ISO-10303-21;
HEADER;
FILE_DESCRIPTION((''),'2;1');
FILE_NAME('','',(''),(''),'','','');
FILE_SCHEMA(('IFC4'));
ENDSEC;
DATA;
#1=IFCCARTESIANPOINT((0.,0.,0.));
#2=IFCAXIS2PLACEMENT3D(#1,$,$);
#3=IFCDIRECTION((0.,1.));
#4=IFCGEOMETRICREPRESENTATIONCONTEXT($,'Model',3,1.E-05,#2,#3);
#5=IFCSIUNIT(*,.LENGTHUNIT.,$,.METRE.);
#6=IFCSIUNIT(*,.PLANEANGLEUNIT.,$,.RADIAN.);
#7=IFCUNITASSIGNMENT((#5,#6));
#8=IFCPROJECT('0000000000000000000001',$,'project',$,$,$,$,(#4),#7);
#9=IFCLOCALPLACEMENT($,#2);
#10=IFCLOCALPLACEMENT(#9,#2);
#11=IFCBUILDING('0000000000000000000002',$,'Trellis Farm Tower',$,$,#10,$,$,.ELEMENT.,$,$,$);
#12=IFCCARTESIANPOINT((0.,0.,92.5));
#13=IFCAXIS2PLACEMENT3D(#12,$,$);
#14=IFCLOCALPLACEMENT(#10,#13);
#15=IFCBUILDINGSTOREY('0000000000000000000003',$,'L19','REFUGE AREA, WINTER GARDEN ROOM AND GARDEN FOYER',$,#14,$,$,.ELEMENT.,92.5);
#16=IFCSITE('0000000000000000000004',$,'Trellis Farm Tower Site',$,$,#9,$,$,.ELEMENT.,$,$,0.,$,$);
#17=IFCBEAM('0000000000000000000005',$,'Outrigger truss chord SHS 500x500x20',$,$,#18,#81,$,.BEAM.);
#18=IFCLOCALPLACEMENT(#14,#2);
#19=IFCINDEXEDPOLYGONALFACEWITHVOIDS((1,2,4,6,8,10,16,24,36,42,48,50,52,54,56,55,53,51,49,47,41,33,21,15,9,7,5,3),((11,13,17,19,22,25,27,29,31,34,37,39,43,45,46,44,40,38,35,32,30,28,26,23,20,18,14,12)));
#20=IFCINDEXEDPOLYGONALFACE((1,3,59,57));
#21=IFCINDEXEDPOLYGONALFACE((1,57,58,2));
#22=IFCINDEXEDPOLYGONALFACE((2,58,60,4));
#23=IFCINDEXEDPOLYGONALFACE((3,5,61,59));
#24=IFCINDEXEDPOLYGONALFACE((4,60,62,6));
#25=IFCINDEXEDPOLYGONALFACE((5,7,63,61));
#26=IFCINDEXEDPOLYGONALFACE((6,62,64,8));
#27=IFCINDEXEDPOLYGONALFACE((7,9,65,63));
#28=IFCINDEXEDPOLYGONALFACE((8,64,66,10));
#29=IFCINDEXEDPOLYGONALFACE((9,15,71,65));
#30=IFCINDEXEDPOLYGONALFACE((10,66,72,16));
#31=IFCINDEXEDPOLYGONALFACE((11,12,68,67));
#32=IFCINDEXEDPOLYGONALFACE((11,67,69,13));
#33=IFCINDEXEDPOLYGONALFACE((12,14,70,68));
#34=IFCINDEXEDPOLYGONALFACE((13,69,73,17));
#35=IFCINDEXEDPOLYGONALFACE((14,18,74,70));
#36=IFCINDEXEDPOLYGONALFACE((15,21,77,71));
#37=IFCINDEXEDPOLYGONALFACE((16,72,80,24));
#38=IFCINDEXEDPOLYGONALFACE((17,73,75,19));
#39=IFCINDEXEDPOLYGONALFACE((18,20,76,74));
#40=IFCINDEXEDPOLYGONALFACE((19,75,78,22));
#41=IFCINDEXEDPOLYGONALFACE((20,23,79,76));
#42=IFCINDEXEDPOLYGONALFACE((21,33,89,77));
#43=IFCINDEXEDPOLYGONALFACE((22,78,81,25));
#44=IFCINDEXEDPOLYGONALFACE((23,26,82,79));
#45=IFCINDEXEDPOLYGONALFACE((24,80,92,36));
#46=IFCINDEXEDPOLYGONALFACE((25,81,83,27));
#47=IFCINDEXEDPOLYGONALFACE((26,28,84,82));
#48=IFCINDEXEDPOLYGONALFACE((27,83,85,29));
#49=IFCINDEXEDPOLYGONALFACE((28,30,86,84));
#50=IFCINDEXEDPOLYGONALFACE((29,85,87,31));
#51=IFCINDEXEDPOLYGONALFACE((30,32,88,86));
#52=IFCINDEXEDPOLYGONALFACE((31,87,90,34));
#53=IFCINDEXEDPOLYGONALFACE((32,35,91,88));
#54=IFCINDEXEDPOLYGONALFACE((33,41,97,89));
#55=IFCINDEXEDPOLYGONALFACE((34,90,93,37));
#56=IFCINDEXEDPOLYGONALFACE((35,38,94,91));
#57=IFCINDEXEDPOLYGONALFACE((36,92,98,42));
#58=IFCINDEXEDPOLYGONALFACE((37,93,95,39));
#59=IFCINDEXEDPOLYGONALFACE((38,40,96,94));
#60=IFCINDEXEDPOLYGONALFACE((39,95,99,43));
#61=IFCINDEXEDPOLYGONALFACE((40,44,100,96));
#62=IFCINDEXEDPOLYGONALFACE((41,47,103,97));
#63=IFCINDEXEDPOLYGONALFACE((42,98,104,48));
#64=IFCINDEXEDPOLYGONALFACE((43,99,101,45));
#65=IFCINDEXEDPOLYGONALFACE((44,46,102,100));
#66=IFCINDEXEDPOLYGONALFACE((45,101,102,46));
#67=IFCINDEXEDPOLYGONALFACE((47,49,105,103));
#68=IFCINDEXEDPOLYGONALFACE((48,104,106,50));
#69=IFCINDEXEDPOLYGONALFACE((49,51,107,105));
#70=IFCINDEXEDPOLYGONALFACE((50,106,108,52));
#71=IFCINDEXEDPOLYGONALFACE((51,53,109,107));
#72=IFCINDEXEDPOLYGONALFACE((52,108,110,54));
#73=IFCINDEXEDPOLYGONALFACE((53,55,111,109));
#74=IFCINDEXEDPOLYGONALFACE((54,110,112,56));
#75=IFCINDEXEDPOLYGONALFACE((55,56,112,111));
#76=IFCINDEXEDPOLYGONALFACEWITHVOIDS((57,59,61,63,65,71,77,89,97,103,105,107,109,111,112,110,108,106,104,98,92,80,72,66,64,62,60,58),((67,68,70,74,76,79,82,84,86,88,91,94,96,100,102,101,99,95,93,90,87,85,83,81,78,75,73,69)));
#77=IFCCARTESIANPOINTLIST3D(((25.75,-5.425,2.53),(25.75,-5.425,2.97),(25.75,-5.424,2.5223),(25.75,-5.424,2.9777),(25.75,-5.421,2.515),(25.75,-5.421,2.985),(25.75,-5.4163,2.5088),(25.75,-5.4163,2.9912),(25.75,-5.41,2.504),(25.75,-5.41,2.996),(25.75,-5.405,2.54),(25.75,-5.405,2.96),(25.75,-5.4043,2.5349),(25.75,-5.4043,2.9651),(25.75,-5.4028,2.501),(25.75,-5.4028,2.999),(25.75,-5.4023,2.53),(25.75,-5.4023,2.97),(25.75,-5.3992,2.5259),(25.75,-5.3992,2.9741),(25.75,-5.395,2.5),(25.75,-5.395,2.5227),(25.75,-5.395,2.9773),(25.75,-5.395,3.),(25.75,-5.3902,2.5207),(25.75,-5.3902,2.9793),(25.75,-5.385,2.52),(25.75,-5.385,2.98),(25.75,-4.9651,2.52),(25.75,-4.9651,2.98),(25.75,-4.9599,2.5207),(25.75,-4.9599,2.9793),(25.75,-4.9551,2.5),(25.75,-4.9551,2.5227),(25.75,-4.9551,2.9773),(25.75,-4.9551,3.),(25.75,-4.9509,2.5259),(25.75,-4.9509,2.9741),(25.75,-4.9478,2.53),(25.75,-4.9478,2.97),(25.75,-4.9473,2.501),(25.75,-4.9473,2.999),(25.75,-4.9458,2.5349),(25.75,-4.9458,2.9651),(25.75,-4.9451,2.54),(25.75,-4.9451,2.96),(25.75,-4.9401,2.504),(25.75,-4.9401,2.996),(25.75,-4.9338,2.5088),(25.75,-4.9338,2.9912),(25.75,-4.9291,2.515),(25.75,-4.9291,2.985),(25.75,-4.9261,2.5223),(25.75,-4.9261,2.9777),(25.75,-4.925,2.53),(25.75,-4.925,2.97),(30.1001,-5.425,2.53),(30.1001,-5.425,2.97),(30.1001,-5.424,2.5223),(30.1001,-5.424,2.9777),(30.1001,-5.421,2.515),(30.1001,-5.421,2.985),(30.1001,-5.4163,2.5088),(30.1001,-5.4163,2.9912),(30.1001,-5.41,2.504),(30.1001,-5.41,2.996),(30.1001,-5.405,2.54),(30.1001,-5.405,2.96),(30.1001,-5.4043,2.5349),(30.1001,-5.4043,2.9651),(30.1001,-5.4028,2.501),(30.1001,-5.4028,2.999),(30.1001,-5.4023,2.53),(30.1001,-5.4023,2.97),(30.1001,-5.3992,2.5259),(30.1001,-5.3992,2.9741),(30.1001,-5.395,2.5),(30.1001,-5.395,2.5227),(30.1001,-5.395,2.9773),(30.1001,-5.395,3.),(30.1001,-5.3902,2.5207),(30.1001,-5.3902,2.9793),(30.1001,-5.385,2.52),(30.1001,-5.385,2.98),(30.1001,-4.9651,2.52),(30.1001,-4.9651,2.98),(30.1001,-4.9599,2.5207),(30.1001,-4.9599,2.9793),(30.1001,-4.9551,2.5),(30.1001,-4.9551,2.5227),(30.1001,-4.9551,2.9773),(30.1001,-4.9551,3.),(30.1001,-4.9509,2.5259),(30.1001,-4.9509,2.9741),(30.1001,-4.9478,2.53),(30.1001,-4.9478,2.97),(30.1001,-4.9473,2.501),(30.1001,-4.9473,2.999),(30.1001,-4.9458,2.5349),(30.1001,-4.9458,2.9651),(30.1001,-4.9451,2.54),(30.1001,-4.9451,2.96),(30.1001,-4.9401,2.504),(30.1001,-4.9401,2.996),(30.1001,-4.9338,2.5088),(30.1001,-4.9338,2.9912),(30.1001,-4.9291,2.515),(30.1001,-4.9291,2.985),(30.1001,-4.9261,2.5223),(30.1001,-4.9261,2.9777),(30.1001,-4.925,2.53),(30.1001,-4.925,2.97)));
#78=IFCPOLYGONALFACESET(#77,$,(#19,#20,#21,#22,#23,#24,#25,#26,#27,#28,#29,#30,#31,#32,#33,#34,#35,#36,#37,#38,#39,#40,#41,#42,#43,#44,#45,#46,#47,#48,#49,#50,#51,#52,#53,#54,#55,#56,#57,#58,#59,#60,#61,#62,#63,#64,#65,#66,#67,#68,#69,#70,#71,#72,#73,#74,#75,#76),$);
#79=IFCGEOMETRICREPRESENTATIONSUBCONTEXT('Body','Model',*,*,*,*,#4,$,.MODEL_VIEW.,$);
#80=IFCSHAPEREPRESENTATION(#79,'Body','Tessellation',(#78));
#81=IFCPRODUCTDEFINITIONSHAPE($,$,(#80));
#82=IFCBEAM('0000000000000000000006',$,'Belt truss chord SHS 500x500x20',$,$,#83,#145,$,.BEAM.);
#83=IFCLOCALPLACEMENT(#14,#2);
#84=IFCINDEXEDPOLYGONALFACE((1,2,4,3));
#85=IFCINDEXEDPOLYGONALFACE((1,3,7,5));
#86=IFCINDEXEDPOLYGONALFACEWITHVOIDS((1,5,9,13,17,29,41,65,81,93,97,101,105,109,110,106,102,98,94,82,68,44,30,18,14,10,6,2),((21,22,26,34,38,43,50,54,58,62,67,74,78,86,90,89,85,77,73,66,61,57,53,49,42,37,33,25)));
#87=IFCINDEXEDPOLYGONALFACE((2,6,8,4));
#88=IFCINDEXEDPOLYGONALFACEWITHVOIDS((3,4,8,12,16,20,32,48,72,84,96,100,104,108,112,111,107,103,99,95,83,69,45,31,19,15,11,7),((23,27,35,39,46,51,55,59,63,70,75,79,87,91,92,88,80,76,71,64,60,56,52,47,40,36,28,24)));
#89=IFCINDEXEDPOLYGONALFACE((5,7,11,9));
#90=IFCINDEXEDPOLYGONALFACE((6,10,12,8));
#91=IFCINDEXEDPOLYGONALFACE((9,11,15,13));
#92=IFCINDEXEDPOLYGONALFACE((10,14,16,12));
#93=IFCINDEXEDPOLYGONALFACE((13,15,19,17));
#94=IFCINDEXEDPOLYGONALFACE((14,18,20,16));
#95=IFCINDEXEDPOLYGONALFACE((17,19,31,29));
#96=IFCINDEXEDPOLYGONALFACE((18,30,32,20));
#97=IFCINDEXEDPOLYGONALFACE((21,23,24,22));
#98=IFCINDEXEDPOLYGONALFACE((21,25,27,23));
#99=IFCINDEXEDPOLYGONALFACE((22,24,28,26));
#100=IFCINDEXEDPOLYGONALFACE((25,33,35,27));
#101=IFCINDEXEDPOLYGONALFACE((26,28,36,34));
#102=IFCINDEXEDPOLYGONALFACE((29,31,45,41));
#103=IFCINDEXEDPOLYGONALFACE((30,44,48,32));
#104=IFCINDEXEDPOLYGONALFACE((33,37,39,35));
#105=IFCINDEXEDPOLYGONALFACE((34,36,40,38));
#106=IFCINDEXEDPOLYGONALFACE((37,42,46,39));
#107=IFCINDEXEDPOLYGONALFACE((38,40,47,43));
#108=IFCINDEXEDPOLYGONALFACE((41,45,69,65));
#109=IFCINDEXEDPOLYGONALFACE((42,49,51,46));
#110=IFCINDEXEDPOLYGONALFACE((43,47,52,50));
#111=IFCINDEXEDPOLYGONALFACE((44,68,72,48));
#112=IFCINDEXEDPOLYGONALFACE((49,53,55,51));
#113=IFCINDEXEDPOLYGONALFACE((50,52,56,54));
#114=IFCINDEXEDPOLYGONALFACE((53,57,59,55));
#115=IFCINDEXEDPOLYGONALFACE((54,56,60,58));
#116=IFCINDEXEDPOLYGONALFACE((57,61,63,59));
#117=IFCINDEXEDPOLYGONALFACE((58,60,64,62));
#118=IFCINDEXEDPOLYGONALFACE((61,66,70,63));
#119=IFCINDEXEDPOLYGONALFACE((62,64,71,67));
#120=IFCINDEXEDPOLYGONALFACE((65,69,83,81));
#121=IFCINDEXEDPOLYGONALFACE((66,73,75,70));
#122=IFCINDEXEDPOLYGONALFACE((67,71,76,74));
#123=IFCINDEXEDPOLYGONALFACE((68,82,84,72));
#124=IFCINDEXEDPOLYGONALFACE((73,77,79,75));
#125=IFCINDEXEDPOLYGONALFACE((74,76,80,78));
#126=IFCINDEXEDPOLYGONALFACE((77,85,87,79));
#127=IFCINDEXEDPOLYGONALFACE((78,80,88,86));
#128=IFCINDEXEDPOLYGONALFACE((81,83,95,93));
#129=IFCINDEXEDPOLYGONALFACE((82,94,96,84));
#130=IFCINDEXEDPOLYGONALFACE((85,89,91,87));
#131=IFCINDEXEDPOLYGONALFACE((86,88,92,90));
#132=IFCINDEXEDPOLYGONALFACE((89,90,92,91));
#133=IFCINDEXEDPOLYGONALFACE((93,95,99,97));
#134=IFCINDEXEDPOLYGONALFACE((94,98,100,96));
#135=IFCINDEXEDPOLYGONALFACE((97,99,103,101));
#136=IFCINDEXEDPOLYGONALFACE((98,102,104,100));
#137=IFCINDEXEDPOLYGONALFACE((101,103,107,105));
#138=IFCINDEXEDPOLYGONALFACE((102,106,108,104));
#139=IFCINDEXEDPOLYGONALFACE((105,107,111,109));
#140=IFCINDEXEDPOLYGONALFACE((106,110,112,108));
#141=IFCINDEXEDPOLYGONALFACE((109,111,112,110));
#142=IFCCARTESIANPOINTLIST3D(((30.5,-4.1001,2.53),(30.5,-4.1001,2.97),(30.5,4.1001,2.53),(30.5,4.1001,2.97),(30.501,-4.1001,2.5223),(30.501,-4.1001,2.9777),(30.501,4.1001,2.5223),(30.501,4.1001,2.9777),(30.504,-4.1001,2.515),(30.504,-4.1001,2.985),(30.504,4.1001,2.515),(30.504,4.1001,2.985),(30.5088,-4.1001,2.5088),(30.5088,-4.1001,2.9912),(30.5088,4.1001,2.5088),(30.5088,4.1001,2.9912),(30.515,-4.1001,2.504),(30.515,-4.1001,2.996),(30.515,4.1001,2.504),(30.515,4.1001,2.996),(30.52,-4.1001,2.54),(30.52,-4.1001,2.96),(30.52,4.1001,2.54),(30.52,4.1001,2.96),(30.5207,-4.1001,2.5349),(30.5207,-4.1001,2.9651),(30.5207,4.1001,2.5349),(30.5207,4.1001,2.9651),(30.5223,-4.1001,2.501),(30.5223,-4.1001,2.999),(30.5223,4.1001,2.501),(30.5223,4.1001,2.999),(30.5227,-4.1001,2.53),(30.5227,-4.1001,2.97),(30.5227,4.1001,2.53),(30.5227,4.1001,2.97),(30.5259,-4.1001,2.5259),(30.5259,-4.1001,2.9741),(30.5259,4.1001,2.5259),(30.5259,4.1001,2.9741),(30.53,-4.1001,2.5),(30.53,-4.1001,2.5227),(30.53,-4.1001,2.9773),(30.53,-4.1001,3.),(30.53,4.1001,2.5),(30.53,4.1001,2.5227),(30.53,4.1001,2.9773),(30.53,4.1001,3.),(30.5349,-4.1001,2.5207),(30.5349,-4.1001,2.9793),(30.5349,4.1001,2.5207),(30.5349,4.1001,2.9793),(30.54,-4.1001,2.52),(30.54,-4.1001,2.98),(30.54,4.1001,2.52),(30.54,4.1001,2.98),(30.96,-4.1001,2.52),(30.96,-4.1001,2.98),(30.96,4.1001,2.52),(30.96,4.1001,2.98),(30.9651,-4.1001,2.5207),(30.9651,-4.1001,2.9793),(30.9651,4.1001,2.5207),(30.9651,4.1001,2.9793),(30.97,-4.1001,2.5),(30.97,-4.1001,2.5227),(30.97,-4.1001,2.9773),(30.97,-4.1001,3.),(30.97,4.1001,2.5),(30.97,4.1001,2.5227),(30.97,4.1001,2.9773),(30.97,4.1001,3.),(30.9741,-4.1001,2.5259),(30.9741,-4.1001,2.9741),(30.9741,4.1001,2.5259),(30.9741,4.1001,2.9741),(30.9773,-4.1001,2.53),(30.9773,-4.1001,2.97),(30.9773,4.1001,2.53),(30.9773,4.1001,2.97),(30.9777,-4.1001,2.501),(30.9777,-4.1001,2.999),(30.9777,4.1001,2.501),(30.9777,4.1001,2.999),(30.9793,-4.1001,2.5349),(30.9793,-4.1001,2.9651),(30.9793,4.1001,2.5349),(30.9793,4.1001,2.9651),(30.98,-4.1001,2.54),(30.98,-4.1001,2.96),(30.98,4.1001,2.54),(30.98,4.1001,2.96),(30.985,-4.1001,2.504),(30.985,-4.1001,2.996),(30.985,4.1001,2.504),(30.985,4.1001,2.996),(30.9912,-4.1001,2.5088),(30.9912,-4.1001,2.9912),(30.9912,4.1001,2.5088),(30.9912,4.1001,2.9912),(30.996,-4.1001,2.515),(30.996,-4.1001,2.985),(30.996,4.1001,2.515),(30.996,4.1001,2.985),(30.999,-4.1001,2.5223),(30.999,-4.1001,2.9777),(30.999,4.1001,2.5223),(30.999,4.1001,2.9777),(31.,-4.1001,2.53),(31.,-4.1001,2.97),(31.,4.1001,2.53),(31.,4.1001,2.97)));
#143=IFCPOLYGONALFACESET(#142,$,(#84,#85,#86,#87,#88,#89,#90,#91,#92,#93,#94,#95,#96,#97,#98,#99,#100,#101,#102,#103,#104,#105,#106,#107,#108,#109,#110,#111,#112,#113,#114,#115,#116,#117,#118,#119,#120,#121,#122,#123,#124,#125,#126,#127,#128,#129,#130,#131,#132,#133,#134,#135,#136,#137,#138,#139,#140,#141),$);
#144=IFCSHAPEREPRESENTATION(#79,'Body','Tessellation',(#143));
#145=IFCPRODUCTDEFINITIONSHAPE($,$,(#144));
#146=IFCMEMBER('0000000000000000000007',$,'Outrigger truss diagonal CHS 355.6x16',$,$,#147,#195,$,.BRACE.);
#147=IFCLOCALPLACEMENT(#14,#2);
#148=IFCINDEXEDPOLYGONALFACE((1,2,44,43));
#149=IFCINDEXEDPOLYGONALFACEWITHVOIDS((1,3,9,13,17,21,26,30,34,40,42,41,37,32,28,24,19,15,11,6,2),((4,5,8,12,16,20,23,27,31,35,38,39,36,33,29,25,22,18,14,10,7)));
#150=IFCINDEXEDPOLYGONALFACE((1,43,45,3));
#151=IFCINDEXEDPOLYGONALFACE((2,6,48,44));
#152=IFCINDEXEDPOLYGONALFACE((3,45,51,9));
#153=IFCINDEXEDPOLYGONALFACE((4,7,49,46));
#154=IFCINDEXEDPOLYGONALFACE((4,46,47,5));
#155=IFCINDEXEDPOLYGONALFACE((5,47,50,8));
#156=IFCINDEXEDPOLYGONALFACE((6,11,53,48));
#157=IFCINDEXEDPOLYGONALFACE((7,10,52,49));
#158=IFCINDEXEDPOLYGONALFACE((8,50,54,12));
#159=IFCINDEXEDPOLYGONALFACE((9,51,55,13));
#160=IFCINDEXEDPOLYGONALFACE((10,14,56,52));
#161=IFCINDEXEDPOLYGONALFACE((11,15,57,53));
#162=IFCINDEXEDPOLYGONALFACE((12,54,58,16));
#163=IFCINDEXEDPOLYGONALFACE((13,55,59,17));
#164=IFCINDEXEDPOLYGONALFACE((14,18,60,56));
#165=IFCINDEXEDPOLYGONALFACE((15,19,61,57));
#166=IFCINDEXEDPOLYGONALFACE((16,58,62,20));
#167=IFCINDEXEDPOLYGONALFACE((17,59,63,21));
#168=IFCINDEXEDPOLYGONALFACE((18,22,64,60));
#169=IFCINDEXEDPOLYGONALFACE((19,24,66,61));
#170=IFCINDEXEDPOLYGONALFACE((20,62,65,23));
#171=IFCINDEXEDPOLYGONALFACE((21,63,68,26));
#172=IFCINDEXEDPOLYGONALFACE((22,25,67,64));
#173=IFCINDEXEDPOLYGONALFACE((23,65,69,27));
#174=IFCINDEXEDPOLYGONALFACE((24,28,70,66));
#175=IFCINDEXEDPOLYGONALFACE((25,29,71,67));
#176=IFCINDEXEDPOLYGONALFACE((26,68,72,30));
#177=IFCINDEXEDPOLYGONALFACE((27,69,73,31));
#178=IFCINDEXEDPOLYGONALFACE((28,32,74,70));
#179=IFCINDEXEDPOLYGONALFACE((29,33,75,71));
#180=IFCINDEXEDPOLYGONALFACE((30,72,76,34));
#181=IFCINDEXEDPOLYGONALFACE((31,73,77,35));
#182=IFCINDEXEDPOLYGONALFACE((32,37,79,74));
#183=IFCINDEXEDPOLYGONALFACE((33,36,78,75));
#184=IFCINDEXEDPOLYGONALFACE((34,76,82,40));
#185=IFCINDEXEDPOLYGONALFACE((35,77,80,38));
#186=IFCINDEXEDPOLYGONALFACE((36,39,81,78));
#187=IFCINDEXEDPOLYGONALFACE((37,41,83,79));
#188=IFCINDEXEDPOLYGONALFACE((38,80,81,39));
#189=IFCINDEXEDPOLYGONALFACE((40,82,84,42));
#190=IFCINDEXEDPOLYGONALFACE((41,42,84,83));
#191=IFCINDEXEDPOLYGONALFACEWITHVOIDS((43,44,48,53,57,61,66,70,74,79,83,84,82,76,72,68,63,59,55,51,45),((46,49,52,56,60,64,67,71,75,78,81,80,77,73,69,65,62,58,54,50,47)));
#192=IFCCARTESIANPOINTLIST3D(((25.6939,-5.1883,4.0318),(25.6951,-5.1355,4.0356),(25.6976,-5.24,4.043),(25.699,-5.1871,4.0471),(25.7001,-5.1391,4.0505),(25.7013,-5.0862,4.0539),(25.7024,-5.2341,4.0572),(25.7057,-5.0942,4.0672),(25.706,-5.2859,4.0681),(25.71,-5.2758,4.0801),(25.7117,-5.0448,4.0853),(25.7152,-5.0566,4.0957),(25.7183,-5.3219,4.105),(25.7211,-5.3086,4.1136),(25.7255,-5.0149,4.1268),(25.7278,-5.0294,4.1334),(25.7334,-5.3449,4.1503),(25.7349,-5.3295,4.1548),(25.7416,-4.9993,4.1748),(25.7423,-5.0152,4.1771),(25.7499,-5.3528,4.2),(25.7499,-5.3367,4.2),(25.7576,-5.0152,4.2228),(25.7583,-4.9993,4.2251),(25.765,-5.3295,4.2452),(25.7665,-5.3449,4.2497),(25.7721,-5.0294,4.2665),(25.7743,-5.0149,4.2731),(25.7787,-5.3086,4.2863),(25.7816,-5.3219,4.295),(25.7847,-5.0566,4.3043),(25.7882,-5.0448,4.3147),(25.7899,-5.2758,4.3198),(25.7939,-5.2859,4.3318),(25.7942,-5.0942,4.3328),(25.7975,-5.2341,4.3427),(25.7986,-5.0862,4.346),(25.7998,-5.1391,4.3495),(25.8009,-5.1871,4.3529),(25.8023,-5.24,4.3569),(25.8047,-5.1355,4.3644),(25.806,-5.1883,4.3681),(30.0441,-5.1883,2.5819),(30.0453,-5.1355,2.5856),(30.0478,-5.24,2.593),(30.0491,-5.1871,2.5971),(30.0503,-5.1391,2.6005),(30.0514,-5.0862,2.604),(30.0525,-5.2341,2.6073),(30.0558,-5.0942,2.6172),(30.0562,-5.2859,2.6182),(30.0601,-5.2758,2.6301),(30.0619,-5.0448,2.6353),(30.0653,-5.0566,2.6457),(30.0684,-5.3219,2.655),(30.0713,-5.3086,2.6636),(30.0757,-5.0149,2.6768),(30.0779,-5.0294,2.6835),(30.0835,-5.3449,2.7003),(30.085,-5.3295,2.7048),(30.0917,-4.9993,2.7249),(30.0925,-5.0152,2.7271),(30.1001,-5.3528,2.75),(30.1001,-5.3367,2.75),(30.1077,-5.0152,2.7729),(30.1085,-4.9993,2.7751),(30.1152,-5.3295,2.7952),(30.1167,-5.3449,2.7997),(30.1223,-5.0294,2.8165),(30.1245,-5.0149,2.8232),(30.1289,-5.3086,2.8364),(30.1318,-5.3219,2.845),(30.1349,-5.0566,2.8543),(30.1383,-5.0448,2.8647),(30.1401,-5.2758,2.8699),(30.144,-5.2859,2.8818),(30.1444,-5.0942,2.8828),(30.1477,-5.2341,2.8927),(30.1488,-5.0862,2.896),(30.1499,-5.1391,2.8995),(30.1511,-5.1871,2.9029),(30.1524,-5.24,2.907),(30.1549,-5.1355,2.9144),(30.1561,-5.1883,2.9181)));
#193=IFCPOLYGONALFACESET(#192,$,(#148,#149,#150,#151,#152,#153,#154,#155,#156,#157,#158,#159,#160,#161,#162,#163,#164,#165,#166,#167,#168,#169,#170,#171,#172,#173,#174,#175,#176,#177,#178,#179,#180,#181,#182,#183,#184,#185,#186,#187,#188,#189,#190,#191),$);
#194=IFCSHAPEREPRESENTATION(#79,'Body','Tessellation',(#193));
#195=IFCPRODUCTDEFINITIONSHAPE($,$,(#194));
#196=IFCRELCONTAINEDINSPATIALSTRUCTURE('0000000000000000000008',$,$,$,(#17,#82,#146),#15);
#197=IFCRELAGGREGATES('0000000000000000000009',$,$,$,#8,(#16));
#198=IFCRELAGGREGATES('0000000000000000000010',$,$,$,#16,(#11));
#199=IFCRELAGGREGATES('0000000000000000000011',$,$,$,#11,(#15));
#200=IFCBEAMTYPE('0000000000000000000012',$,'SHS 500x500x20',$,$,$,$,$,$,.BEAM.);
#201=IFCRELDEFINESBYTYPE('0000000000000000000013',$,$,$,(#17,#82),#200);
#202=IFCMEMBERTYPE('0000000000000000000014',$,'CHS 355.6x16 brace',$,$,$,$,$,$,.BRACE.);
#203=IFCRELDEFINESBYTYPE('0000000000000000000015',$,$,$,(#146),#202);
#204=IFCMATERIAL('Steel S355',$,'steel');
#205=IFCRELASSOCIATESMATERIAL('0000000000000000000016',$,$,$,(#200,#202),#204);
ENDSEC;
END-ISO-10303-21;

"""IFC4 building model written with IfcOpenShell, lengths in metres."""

from ifc_helpers import new_model, si_unit, direction, frame, origin, origin_2d, place, context, subcontext, project, spatial, hollow_rectangle, hollow_circle, extrude, source, transform, mapped, material, material_profile, profile_set, type_object, element, save


model = new_model("IFC4")

# Units and contexts
model_context = context("Model", 3, precision=1e-05, world=origin(), true_north=direction((0.0, 1.0)))
body_context = subcontext(model_context, "Body", "Model", "MODEL_VIEW")
ifc_project = project(units=[si_unit("LENGTHUNIT", "METRE"), si_unit("PLANEANGLEUNIT", "RADIAN")], contexts=[model_context])

# Site, building, storey
site_placement = place(None, origin())
site = spatial("IfcSite", under=ifc_project, at=site_placement, Name="Trellis Farm Tower Site", CompositionType="ELEMENT", RefElevation=0.0)
building_placement = place(site_placement, origin())
building = spatial("IfcBuilding", under=site, at=building_placement, Name="Trellis Farm Tower", CompositionType="ELEMENT")
storey_placement = place(building_placement, frame((0.0, 0.0, 92.5)))
storey = spatial("IfcBuildingStorey", under=building, at=storey_placement, Name="L19", Description="REFUGE AREA, WINTER GARDEN ROOM AND GARDEN FOYER", CompositionType="ELEMENT", Elevation=92.5)

# Beams
ifc_material_1 = material(Name="Steel S355", Category="steel")
ifc_material_profile_1 = material_profile(ifc_material_1, hollow_rectangle(XDim=0.5, YDim=0.5, WallThickness=0.02, InnerFilletRadius=0.02, OuterFilletRadius=0.03, at=origin_2d()), Name="SHS 500x500x20")
ifc_profile_set_1 = profile_set([ifc_material_profile_1], Name="Steel S355")
beam_type_1 = type_object("IfcBeamType", Name="SHS 500x500x20", PredefinedType="BEAM", material=ifc_profile_set_1)
shared_shape_1 = source(origin(), body_context, "Body", "SweptSolid", [
    extrude(hollow_rectangle(XDim=0.5, YDim=0.5, WallThickness=0.02, InnerFilletRadius=0.02, OuterFilletRadius=0.03, at=origin_2d()), origin(), (0.0, 0.0, 1.0), 4.3501),
])
beam_1_placement = place(storey_placement, frame((25.75, -5.175, 2.75), z_axis=(1.0, 0.0, 0.0), x_axis=(0.0, 1.0, 0.0)))
element("IfcBeam", 1, at=beam_1_placement, inside=storey, type_object=beam_type_1, Name="Outrigger truss chord SHS 500x500x20", PredefinedType="BEAM", context=body_context, shape_type="MappedRepresentation", body=[
    mapped(shared_shape_1, transform((0.0, 0.0, 0.0))),
])
shared_shape_2 = source(origin(), body_context, "Body", "SweptSolid", [
    extrude(hollow_rectangle(XDim=0.5, YDim=0.5, WallThickness=0.02, InnerFilletRadius=0.02, OuterFilletRadius=0.03, at=origin_2d()), origin(), (0.0, 0.0, 1.0), 8.2002),
])
beam_2_placement = place(storey_placement, frame((30.75, -4.1001, 2.75), z_axis=(0.0, 1.0, 0.0), x_axis=(-1.0, 0.0, 0.0)))
element("IfcBeam", 2, at=beam_2_placement, inside=storey, type_object=beam_type_1, Name="Belt truss chord SHS 500x500x20", PredefinedType="BEAM", context=body_context, shape_type="MappedRepresentation", body=[
    mapped(shared_shape_2, transform((0.0, 0.0, 0.0))),
])

# Member
ifc_material_profile_2 = material_profile(ifc_material_1, hollow_circle(Radius=0.1777, WallThickness=0.0161, at=origin_2d()), Name="CHS 355.6x16")
ifc_profile_set_2 = profile_set([ifc_material_profile_2], Name="Steel S355")
member_type_1 = type_object("IfcMemberType", Name="CHS 355.6x16 brace", PredefinedType="BRACE", material=ifc_profile_set_2)
shared_shape_3 = source(origin(), body_context, "Body", "SweptSolid", [
    extrude(hollow_circle(Radius=0.1777, WallThickness=0.0161, at=origin_2d()), origin(), (0.0, 0.0, 1.0), 4.5854),
])
member_1_placement = place(storey_placement, frame((30.1001, -5.175, 2.75), z_axis=(-0.948689, 0.0, 0.316212), x_axis=(0.0, -1.0, 0.0)))
element("IfcMember", 3, at=member_1_placement, inside=storey, type_object=member_type_1, Name="Outrigger truss diagonal CHS 355.6x16", PredefinedType="BRACE", context=body_context, shape_type="MappedRepresentation", body=[
    mapped(shared_shape_3, transform((0.0, 0.0, 0.0))),
])

save(model, "model.ifc")
